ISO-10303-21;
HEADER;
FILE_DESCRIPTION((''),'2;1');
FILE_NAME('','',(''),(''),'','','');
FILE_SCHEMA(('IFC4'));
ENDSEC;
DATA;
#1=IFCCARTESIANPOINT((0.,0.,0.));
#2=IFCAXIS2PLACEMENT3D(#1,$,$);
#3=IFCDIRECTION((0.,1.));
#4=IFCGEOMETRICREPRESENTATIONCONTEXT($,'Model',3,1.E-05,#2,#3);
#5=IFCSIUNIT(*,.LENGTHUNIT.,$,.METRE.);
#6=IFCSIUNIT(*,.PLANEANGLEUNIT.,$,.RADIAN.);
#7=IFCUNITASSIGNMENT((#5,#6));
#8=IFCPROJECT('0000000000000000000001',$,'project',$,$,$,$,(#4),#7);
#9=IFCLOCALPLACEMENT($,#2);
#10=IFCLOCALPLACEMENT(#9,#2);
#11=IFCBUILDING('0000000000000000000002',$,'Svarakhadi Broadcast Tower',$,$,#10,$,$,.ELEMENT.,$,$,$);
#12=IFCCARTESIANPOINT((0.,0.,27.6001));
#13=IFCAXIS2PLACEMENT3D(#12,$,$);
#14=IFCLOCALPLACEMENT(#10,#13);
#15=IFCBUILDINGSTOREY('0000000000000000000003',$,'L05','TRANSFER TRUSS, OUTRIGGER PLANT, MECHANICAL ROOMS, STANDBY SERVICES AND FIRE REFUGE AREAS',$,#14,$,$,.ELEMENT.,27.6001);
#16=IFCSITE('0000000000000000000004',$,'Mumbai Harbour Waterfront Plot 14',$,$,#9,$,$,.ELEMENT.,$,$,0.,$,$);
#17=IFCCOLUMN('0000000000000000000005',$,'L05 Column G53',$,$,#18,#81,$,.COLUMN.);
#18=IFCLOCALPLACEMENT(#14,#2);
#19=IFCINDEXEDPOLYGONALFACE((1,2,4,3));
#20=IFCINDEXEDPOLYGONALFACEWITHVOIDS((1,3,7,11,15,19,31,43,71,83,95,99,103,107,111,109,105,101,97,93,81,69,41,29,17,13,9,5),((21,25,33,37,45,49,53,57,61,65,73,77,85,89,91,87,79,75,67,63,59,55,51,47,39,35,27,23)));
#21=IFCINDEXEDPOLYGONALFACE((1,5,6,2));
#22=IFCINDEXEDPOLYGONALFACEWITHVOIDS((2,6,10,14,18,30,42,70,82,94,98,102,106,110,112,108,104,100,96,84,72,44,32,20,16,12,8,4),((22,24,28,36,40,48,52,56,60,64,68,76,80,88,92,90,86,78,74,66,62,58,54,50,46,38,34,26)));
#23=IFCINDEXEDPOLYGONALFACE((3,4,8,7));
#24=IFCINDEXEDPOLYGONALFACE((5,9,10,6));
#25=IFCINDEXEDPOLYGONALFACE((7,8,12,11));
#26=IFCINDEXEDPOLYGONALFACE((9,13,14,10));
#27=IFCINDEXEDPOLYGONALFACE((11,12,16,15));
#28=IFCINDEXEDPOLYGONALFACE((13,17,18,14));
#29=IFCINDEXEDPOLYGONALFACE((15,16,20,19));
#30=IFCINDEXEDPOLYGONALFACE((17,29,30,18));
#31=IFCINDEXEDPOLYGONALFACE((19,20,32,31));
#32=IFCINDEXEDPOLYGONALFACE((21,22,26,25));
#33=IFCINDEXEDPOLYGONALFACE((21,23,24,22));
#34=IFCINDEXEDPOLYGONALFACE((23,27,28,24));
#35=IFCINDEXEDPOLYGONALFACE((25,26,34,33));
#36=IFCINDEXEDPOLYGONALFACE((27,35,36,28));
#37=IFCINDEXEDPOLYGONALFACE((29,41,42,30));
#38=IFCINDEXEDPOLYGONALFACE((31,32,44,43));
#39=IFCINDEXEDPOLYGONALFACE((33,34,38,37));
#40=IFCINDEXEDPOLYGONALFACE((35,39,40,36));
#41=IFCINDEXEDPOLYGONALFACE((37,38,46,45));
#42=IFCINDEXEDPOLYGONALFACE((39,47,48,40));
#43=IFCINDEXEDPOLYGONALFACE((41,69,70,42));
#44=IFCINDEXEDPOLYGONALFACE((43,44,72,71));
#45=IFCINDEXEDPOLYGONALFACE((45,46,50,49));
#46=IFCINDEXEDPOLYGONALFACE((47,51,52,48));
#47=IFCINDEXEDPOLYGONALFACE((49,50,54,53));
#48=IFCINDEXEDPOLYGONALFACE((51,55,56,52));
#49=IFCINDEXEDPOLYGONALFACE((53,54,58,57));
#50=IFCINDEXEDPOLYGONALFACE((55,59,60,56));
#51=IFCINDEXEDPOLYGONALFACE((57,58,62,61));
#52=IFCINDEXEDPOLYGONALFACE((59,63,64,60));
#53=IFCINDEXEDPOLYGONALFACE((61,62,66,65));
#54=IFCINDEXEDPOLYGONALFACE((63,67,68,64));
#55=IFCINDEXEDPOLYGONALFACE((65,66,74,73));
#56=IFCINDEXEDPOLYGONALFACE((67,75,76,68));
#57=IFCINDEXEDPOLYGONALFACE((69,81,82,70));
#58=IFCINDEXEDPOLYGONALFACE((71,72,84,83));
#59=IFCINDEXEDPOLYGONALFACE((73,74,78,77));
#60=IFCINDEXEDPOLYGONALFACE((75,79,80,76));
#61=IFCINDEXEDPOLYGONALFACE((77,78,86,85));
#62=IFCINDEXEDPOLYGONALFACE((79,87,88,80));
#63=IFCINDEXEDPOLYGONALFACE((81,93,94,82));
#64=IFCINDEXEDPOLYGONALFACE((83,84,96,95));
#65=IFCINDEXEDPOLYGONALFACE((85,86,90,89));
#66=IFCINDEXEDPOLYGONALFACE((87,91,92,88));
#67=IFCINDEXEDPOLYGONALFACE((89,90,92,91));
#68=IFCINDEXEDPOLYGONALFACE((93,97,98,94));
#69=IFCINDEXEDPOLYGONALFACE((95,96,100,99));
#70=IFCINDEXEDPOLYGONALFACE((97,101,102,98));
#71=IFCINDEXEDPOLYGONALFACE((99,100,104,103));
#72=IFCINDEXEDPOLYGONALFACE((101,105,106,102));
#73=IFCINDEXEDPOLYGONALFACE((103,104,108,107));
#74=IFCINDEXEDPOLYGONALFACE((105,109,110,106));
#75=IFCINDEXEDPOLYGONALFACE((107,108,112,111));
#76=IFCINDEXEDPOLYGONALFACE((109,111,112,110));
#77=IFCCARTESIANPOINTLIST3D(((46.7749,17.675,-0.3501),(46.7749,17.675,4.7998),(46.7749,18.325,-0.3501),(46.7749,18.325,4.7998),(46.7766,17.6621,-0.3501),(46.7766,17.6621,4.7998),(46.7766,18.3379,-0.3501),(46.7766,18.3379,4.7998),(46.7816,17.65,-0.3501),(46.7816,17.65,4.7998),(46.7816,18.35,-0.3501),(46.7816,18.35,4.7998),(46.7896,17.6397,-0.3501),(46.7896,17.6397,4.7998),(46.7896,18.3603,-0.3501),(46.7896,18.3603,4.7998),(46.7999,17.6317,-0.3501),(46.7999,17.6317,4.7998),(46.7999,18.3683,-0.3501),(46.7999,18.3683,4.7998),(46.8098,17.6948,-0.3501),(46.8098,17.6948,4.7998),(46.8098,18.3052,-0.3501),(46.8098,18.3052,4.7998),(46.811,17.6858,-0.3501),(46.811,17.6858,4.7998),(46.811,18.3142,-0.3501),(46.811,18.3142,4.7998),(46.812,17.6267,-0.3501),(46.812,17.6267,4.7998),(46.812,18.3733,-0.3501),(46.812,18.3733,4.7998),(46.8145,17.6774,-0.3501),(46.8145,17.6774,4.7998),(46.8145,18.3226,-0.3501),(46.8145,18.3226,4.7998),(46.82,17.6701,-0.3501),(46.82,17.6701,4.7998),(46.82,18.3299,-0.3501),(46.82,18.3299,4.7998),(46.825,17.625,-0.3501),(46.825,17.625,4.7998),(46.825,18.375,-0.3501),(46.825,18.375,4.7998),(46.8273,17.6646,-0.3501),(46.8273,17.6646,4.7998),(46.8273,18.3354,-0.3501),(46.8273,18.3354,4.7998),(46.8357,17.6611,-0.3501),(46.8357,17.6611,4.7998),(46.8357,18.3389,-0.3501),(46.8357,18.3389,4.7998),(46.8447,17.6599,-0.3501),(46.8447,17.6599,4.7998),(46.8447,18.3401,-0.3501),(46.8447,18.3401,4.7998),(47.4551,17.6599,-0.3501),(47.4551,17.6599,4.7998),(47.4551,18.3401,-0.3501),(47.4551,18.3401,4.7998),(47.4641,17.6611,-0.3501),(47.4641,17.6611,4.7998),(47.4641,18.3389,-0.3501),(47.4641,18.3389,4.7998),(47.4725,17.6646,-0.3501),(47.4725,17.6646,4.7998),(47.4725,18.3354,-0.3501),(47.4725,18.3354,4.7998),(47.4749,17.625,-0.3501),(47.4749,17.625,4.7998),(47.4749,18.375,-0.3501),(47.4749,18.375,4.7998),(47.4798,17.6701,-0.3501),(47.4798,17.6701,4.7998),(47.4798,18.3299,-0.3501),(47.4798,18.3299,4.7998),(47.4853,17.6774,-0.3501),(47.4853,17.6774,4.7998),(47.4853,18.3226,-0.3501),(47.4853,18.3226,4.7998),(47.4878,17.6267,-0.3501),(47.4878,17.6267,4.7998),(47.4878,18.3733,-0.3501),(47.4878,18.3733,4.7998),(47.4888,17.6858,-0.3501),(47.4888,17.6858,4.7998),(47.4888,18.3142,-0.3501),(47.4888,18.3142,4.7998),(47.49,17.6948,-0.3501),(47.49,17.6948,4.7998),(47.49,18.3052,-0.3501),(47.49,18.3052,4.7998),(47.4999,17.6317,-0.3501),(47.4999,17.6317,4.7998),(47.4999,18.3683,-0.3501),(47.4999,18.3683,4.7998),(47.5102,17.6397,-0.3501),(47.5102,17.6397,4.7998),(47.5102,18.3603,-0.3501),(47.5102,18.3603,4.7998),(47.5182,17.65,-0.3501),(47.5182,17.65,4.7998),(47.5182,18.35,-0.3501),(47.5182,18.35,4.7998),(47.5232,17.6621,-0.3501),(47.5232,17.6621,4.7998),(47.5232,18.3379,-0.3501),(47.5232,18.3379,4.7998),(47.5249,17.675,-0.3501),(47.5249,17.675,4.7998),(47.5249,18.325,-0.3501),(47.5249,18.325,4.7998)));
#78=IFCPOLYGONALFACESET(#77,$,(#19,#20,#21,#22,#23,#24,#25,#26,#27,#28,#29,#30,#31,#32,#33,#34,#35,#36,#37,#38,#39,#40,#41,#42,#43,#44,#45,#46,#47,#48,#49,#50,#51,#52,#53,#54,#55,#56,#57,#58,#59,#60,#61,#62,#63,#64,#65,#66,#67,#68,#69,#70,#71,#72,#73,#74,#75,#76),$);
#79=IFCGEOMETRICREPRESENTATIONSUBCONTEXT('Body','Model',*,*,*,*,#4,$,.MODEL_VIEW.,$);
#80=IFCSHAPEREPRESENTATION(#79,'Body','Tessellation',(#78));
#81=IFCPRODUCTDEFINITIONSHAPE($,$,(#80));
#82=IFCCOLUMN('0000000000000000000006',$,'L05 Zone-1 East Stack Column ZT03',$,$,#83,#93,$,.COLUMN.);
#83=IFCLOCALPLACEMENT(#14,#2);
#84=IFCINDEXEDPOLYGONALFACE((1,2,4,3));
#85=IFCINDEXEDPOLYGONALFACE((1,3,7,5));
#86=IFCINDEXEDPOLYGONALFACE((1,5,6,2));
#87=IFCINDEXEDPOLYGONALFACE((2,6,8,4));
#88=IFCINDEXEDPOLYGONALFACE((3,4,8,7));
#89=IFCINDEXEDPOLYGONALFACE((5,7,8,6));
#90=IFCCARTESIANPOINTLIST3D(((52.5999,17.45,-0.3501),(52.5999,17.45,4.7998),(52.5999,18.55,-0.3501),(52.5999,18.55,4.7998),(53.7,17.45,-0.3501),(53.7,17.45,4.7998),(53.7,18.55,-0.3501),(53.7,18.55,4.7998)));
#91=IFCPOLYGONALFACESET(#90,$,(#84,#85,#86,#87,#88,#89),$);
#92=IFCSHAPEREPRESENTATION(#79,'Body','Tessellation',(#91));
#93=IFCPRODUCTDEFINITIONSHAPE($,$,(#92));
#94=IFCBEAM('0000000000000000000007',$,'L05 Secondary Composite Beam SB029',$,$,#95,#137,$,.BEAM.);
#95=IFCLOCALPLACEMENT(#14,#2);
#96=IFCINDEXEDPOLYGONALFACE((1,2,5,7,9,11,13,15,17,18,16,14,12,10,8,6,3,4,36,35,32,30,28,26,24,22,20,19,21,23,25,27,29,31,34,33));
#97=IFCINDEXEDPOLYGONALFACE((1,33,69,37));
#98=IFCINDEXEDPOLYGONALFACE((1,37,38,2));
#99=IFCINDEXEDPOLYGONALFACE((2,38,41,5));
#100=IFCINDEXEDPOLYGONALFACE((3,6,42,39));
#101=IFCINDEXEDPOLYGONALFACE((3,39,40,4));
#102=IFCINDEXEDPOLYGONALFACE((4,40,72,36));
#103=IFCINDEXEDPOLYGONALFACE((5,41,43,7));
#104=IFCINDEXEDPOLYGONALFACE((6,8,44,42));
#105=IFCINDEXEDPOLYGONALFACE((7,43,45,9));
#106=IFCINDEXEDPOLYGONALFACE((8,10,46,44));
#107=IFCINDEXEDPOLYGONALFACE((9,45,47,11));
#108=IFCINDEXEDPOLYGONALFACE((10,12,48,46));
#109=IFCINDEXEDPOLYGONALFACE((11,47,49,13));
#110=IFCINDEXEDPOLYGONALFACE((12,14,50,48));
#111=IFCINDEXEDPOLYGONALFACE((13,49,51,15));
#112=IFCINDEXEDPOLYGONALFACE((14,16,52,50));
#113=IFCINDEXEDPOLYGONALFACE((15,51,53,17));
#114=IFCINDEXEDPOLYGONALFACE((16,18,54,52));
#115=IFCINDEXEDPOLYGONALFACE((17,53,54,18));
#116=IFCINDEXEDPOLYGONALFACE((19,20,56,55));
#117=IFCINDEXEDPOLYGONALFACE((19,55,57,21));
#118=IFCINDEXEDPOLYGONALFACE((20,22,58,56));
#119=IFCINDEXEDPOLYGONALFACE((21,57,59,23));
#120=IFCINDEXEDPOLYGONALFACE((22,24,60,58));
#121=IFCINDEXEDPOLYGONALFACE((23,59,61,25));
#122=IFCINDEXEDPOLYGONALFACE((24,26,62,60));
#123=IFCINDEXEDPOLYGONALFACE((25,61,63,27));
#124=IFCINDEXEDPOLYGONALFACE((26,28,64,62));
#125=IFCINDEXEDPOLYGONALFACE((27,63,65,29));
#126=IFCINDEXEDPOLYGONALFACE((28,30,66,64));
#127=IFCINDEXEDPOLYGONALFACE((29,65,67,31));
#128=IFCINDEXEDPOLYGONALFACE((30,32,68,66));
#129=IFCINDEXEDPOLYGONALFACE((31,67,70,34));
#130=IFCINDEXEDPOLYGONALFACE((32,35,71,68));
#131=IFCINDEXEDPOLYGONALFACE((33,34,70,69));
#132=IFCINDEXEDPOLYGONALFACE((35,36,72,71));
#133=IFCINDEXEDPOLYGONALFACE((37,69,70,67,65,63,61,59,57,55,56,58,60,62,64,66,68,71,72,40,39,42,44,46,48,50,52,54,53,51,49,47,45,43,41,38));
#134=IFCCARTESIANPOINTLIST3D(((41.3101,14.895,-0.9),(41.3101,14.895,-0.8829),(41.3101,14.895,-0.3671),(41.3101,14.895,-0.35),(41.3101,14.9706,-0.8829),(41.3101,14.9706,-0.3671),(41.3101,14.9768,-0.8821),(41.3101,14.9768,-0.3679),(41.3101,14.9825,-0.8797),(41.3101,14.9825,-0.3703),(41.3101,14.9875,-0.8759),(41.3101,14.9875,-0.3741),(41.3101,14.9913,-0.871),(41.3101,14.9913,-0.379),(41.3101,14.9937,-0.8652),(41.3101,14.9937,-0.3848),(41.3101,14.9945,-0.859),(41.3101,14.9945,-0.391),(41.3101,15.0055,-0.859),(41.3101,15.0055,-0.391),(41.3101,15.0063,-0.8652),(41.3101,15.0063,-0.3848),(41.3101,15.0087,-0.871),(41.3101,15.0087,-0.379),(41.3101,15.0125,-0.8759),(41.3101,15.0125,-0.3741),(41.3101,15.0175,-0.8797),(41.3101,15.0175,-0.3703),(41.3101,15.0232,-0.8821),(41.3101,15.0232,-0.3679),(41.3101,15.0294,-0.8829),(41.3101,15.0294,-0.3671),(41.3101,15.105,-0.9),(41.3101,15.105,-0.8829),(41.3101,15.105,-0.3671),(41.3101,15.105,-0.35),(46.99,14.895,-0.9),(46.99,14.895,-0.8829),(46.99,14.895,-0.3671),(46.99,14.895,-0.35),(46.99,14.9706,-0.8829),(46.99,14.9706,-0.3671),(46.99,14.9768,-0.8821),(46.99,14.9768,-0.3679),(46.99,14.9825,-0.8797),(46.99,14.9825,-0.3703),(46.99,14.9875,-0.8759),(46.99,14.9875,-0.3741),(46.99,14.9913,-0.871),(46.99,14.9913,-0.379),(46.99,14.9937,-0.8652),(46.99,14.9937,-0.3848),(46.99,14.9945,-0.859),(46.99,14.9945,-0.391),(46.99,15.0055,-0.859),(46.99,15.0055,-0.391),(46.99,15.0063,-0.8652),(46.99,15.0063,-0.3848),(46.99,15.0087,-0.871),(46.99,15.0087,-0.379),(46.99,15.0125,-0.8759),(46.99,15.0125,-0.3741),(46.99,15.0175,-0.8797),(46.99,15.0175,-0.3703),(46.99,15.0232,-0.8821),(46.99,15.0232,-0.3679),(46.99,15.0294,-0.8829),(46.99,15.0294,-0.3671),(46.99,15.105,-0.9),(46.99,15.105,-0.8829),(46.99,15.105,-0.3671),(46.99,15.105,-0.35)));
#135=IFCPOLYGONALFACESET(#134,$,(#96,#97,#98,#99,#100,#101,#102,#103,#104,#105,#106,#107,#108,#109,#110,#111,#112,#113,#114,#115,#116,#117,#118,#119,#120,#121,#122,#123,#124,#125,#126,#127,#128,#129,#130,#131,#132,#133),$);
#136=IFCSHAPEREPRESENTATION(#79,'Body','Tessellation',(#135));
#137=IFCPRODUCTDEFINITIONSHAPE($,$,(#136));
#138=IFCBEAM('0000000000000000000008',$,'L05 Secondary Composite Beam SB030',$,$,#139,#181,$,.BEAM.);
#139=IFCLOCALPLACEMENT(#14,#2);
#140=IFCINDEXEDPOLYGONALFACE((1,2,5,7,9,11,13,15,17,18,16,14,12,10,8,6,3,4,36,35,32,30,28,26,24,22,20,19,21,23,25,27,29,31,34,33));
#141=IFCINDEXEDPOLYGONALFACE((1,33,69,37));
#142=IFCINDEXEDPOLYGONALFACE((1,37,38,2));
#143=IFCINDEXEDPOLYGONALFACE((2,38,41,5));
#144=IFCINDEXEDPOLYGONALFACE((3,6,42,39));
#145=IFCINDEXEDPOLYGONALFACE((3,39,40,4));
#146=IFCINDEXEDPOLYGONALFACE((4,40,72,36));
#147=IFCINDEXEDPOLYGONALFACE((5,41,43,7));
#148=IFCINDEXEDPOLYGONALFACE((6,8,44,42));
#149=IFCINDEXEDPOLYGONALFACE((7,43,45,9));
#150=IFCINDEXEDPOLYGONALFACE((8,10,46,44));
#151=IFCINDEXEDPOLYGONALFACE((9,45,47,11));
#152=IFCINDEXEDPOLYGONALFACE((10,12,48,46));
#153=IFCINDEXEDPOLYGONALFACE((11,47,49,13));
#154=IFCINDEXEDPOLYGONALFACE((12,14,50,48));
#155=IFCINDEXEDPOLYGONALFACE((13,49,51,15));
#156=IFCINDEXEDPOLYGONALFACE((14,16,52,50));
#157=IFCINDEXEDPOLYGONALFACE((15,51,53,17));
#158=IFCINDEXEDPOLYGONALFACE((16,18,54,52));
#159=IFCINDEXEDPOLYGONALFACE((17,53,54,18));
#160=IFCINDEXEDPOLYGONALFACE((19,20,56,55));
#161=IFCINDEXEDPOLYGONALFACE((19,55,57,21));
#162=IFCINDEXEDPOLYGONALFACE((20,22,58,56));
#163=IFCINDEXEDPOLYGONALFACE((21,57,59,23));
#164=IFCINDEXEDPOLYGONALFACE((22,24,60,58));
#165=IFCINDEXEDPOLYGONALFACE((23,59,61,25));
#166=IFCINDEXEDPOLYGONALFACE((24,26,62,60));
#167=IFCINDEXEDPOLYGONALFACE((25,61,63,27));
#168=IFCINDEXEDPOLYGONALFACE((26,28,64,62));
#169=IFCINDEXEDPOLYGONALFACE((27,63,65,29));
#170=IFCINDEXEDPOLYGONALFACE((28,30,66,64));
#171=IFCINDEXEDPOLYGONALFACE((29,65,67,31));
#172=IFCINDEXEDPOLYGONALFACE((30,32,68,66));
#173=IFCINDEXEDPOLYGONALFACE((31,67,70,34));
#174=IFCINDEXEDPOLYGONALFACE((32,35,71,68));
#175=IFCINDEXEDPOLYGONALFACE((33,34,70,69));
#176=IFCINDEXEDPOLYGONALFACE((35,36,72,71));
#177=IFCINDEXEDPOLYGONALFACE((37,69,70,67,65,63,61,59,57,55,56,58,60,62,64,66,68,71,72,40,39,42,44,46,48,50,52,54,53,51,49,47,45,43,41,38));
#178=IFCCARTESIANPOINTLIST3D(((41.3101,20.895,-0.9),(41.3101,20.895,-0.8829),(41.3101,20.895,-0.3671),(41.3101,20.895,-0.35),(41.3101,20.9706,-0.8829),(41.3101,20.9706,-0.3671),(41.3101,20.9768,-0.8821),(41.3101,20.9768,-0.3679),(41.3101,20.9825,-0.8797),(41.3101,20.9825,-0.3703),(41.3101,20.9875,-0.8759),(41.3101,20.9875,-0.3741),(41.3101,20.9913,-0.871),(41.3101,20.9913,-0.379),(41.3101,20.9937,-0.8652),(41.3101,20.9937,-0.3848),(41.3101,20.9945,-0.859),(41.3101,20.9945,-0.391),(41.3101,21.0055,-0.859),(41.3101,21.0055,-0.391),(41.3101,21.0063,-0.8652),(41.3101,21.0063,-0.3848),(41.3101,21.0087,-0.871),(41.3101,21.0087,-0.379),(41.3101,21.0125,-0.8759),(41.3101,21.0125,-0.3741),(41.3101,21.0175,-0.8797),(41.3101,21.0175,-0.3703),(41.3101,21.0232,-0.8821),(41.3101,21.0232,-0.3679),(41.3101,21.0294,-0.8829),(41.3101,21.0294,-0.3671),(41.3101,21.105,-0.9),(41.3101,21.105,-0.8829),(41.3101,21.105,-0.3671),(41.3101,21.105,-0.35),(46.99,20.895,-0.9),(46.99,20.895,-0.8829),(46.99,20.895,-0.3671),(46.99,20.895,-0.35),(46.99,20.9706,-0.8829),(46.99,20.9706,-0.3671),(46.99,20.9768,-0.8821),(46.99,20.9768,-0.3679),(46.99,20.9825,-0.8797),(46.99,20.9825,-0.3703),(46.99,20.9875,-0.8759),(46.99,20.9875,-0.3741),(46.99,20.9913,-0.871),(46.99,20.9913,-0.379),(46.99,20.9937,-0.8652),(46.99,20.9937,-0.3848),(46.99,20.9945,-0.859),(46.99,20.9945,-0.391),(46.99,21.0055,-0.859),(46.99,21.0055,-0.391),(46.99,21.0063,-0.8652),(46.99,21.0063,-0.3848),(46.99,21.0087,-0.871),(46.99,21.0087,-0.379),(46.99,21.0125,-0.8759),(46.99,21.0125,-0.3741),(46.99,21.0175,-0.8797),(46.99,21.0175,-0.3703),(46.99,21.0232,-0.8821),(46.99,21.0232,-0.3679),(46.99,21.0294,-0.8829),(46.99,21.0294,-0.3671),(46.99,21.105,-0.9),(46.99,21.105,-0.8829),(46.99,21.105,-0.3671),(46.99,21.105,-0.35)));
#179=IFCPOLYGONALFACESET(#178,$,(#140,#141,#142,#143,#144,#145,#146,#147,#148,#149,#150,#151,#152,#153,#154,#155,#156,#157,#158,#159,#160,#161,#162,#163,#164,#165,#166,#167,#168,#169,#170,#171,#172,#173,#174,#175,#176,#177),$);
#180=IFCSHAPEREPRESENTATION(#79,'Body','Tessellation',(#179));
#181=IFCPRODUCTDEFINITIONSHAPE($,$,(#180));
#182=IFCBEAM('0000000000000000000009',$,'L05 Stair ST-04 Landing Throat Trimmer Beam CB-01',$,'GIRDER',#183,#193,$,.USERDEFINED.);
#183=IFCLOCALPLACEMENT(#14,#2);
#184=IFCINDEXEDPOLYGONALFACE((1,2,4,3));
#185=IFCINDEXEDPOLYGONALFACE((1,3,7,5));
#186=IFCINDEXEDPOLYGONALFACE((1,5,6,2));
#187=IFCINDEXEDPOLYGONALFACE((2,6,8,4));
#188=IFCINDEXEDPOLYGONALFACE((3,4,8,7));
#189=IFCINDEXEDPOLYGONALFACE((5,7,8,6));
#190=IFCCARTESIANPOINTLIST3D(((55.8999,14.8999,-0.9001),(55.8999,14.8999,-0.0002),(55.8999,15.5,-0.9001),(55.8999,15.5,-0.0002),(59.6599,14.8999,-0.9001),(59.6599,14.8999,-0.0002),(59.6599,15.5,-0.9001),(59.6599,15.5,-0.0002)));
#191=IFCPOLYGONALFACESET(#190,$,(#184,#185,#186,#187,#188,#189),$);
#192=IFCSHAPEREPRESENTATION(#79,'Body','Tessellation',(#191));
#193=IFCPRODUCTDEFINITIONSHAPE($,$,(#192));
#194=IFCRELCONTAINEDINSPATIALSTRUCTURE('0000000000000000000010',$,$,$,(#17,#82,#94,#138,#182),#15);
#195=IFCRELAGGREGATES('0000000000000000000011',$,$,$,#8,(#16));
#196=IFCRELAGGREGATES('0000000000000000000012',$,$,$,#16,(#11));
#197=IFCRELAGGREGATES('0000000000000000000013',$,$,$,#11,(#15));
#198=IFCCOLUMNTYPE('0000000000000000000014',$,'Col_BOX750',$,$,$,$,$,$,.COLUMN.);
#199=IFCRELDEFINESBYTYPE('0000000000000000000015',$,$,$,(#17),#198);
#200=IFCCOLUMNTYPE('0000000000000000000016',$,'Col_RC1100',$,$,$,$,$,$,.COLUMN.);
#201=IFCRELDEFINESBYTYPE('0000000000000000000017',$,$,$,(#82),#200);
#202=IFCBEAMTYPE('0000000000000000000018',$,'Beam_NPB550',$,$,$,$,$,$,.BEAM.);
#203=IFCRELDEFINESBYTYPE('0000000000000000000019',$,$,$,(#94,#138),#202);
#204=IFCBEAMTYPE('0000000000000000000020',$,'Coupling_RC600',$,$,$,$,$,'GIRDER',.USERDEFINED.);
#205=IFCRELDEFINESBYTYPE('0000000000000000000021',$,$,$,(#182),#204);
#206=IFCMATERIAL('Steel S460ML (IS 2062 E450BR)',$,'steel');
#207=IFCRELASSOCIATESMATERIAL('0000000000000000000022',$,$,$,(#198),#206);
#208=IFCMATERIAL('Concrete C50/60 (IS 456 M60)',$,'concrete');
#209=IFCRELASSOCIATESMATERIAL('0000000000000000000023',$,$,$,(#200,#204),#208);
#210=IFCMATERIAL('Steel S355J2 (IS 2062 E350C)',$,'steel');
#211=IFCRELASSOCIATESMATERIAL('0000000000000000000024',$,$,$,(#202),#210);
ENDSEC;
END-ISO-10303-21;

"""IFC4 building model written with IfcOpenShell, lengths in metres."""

from ifc_helpers import new_model, si_unit, direction, frame, origin, origin_2d, place, context, subcontext, project, spatial, rectangle, hollow_rectangle, i_section, extrude, material, material_profile, profile_set, type_object, element, save


model = new_model("IFC4")

# Units and contexts
model_context = context("Model", 3, precision=1e-05, world=origin(), true_north=direction((0.0, 1.0)))
body_context = subcontext(model_context, "Body", "Model", "MODEL_VIEW")
ifc_project = project(units=[si_unit("LENGTHUNIT", "METRE"), si_unit("PLANEANGLEUNIT", "RADIAN")], contexts=[model_context])

# Site, building, storey
site_placement = place(None, origin())
site = spatial("IfcSite", under=ifc_project, at=site_placement, Name="Mumbai Harbour Waterfront Plot 14", CompositionType="ELEMENT", RefElevation=0.0)
building_placement = place(site_placement, origin())
building = spatial("IfcBuilding", under=site, at=building_placement, Name="Svarakhadi Broadcast Tower", CompositionType="ELEMENT")
storey_placement = place(building_placement, frame((0.0, 0.0, 27.6001)))
storey = spatial("IfcBuildingStorey", under=building, at=storey_placement, Name="L05", Description="TRANSFER TRUSS, OUTRIGGER PLANT, MECHANICAL ROOMS, STANDBY SERVICES AND FIRE REFUGE AREAS", CompositionType="ELEMENT", Elevation=27.6001)

# Columns
ifc_material_1 = material(Name="Steel S460ML (IS 2062 E450BR)", Category="steel")
ifc_material_profile_1 = material_profile(ifc_material_1, hollow_rectangle(XDim=0.75, YDim=0.75, WallThickness=0.0349, InnerFilletRadius=0.0349, OuterFilletRadius=0.05, at=origin_2d()), Name="BOX 750x750x35")
ifc_profile_set_1 = profile_set([ifc_material_profile_1], Name="Steel S460ML (IS 2062 E450BR)")
column_type_1 = type_object("IfcColumnType", Name="Col_BOX750", PredefinedType="COLUMN", material=ifc_profile_set_1)
column_1_placement = place(storey_placement, frame((47.1499, 18.0, -0.3501), z_axis=(0.0, 0.0, 1.0), x_axis=(1.0, 0.0, 0.0)))
element("IfcColumn", 1, at=column_1_placement, inside=storey, type_object=column_type_1, Name="L05 Column G53", PredefinedType="COLUMN", context=body_context, shape_type="SweptSolid", body=[
    extrude(hollow_rectangle(XDim=0.75, YDim=0.75, WallThickness=0.0349, InnerFilletRadius=0.0349, OuterFilletRadius=0.05, at=origin_2d()), origin(), (0.0, 0.0, 1.0), 5.1499),
])
ifc_material_2 = material(Name="Concrete C50/60 (IS 456 M60)", Category="concrete")
ifc_material_profile_2 = material_profile(ifc_material_2, rectangle(XDim=1.1001, YDim=1.1001, at=origin_2d()), Name="RC 1100x1100")
ifc_profile_set_2 = profile_set([ifc_material_profile_2], Name="Concrete C50/60 (IS 456 M60)")
column_type_2 = type_object("IfcColumnType", Name="Col_RC1100", PredefinedType="COLUMN", material=ifc_profile_set_2)
column_2_placement = place(storey_placement, frame((53.1499, 18.0, -0.3501), z_axis=(0.0, 0.0, 1.0), x_axis=(1.0, 0.0, 0.0)))
element("IfcColumn", 2, at=column_2_placement, inside=storey, type_object=column_type_2, Name="L05 Zone-1 East Stack Column ZT03", PredefinedType="COLUMN", context=body_context, shape_type="SweptSolid", body=[
    extrude(rectangle(XDim=1.1001, YDim=1.1001, at=origin_2d()), origin(), (0.0, 0.0, 1.0), 5.1499),
])

# Beams
ifc_material_3 = material(Name="Steel S355J2 (IS 2062 E350C)", Category="steel")
ifc_material_profile_3 = material_profile(ifc_material_3, i_section(OverallWidth=0.21, OverallDepth=0.55, WebThickness=0.011, FlangeThickness=0.0171, FilletRadius=0.0239, at=origin_2d()), Name="NPB 550x210x106")
ifc_profile_set_3 = profile_set([ifc_material_profile_3], Name="Steel S355J2 (IS 2062 E350C)")
beam_type_1 = type_object("IfcBeamType", Name="Beam_NPB550", PredefinedType="BEAM", material=ifc_profile_set_3)
for number, where, z_axis, x_axis, name in (
    (3, (41.3101, 15.0, -0.625), (1.0, 0.0, 0.0), (0.0, 1.0, 0.0), "L05 Secondary Composite Beam SB029"),
    (4, (41.3101, 21.0, -0.625), (1.0, 0.0, 0.0), (0.0, 1.0, 0.0), "L05 Secondary Composite Beam SB030"),
):
    element("IfcBeam", number, at=place(storey_placement, frame(where, z_axis=z_axis, x_axis=x_axis)), inside=storey, type_object=beam_type_1, Name=name, PredefinedType="BEAM", context=body_context, shape_type="SweptSolid", body=[
        extrude(i_section(OverallWidth=0.21, OverallDepth=0.55, WebThickness=0.011, FlangeThickness=0.0171, FilletRadius=0.0239, at=origin_2d()), origin(), (0.0, 0.0, 1.0), 5.6799),
    ])
ifc_material_profile_4 = material_profile(ifc_material_2, rectangle(XDim=0.6001, YDim=0.8999, at=origin_2d()), Name="RC 600x900")
ifc_profile_set_4 = profile_set([ifc_material_profile_4], Name="Concrete C50/60 (IS 456 M60)")
beam_type_2 = type_object("IfcBeamType", Name="Coupling_RC600", ElementType="GIRDER", PredefinedType="USERDEFINED", material=ifc_profile_set_4)
beam_1_placement = place(storey_placement, frame((55.8999, 15.2, -0.4502), z_axis=(1.0, 0.0, 0.0), x_axis=(0.0, 1.0, 0.0)))
element("IfcBeam", 5, at=beam_1_placement, inside=storey, type_object=beam_type_2, Name="L05 Stair ST-04 Landing Throat Trimmer Beam CB-01", ObjectType="GIRDER", PredefinedType="USERDEFINED", context=body_context, shape_type="SweptSolid", body=[
    extrude(rectangle(XDim=0.6001, YDim=0.8999, at=origin_2d()), origin(), (0.0, 0.0, 1.0), 3.76),
])

save(model, "model.ifc")
